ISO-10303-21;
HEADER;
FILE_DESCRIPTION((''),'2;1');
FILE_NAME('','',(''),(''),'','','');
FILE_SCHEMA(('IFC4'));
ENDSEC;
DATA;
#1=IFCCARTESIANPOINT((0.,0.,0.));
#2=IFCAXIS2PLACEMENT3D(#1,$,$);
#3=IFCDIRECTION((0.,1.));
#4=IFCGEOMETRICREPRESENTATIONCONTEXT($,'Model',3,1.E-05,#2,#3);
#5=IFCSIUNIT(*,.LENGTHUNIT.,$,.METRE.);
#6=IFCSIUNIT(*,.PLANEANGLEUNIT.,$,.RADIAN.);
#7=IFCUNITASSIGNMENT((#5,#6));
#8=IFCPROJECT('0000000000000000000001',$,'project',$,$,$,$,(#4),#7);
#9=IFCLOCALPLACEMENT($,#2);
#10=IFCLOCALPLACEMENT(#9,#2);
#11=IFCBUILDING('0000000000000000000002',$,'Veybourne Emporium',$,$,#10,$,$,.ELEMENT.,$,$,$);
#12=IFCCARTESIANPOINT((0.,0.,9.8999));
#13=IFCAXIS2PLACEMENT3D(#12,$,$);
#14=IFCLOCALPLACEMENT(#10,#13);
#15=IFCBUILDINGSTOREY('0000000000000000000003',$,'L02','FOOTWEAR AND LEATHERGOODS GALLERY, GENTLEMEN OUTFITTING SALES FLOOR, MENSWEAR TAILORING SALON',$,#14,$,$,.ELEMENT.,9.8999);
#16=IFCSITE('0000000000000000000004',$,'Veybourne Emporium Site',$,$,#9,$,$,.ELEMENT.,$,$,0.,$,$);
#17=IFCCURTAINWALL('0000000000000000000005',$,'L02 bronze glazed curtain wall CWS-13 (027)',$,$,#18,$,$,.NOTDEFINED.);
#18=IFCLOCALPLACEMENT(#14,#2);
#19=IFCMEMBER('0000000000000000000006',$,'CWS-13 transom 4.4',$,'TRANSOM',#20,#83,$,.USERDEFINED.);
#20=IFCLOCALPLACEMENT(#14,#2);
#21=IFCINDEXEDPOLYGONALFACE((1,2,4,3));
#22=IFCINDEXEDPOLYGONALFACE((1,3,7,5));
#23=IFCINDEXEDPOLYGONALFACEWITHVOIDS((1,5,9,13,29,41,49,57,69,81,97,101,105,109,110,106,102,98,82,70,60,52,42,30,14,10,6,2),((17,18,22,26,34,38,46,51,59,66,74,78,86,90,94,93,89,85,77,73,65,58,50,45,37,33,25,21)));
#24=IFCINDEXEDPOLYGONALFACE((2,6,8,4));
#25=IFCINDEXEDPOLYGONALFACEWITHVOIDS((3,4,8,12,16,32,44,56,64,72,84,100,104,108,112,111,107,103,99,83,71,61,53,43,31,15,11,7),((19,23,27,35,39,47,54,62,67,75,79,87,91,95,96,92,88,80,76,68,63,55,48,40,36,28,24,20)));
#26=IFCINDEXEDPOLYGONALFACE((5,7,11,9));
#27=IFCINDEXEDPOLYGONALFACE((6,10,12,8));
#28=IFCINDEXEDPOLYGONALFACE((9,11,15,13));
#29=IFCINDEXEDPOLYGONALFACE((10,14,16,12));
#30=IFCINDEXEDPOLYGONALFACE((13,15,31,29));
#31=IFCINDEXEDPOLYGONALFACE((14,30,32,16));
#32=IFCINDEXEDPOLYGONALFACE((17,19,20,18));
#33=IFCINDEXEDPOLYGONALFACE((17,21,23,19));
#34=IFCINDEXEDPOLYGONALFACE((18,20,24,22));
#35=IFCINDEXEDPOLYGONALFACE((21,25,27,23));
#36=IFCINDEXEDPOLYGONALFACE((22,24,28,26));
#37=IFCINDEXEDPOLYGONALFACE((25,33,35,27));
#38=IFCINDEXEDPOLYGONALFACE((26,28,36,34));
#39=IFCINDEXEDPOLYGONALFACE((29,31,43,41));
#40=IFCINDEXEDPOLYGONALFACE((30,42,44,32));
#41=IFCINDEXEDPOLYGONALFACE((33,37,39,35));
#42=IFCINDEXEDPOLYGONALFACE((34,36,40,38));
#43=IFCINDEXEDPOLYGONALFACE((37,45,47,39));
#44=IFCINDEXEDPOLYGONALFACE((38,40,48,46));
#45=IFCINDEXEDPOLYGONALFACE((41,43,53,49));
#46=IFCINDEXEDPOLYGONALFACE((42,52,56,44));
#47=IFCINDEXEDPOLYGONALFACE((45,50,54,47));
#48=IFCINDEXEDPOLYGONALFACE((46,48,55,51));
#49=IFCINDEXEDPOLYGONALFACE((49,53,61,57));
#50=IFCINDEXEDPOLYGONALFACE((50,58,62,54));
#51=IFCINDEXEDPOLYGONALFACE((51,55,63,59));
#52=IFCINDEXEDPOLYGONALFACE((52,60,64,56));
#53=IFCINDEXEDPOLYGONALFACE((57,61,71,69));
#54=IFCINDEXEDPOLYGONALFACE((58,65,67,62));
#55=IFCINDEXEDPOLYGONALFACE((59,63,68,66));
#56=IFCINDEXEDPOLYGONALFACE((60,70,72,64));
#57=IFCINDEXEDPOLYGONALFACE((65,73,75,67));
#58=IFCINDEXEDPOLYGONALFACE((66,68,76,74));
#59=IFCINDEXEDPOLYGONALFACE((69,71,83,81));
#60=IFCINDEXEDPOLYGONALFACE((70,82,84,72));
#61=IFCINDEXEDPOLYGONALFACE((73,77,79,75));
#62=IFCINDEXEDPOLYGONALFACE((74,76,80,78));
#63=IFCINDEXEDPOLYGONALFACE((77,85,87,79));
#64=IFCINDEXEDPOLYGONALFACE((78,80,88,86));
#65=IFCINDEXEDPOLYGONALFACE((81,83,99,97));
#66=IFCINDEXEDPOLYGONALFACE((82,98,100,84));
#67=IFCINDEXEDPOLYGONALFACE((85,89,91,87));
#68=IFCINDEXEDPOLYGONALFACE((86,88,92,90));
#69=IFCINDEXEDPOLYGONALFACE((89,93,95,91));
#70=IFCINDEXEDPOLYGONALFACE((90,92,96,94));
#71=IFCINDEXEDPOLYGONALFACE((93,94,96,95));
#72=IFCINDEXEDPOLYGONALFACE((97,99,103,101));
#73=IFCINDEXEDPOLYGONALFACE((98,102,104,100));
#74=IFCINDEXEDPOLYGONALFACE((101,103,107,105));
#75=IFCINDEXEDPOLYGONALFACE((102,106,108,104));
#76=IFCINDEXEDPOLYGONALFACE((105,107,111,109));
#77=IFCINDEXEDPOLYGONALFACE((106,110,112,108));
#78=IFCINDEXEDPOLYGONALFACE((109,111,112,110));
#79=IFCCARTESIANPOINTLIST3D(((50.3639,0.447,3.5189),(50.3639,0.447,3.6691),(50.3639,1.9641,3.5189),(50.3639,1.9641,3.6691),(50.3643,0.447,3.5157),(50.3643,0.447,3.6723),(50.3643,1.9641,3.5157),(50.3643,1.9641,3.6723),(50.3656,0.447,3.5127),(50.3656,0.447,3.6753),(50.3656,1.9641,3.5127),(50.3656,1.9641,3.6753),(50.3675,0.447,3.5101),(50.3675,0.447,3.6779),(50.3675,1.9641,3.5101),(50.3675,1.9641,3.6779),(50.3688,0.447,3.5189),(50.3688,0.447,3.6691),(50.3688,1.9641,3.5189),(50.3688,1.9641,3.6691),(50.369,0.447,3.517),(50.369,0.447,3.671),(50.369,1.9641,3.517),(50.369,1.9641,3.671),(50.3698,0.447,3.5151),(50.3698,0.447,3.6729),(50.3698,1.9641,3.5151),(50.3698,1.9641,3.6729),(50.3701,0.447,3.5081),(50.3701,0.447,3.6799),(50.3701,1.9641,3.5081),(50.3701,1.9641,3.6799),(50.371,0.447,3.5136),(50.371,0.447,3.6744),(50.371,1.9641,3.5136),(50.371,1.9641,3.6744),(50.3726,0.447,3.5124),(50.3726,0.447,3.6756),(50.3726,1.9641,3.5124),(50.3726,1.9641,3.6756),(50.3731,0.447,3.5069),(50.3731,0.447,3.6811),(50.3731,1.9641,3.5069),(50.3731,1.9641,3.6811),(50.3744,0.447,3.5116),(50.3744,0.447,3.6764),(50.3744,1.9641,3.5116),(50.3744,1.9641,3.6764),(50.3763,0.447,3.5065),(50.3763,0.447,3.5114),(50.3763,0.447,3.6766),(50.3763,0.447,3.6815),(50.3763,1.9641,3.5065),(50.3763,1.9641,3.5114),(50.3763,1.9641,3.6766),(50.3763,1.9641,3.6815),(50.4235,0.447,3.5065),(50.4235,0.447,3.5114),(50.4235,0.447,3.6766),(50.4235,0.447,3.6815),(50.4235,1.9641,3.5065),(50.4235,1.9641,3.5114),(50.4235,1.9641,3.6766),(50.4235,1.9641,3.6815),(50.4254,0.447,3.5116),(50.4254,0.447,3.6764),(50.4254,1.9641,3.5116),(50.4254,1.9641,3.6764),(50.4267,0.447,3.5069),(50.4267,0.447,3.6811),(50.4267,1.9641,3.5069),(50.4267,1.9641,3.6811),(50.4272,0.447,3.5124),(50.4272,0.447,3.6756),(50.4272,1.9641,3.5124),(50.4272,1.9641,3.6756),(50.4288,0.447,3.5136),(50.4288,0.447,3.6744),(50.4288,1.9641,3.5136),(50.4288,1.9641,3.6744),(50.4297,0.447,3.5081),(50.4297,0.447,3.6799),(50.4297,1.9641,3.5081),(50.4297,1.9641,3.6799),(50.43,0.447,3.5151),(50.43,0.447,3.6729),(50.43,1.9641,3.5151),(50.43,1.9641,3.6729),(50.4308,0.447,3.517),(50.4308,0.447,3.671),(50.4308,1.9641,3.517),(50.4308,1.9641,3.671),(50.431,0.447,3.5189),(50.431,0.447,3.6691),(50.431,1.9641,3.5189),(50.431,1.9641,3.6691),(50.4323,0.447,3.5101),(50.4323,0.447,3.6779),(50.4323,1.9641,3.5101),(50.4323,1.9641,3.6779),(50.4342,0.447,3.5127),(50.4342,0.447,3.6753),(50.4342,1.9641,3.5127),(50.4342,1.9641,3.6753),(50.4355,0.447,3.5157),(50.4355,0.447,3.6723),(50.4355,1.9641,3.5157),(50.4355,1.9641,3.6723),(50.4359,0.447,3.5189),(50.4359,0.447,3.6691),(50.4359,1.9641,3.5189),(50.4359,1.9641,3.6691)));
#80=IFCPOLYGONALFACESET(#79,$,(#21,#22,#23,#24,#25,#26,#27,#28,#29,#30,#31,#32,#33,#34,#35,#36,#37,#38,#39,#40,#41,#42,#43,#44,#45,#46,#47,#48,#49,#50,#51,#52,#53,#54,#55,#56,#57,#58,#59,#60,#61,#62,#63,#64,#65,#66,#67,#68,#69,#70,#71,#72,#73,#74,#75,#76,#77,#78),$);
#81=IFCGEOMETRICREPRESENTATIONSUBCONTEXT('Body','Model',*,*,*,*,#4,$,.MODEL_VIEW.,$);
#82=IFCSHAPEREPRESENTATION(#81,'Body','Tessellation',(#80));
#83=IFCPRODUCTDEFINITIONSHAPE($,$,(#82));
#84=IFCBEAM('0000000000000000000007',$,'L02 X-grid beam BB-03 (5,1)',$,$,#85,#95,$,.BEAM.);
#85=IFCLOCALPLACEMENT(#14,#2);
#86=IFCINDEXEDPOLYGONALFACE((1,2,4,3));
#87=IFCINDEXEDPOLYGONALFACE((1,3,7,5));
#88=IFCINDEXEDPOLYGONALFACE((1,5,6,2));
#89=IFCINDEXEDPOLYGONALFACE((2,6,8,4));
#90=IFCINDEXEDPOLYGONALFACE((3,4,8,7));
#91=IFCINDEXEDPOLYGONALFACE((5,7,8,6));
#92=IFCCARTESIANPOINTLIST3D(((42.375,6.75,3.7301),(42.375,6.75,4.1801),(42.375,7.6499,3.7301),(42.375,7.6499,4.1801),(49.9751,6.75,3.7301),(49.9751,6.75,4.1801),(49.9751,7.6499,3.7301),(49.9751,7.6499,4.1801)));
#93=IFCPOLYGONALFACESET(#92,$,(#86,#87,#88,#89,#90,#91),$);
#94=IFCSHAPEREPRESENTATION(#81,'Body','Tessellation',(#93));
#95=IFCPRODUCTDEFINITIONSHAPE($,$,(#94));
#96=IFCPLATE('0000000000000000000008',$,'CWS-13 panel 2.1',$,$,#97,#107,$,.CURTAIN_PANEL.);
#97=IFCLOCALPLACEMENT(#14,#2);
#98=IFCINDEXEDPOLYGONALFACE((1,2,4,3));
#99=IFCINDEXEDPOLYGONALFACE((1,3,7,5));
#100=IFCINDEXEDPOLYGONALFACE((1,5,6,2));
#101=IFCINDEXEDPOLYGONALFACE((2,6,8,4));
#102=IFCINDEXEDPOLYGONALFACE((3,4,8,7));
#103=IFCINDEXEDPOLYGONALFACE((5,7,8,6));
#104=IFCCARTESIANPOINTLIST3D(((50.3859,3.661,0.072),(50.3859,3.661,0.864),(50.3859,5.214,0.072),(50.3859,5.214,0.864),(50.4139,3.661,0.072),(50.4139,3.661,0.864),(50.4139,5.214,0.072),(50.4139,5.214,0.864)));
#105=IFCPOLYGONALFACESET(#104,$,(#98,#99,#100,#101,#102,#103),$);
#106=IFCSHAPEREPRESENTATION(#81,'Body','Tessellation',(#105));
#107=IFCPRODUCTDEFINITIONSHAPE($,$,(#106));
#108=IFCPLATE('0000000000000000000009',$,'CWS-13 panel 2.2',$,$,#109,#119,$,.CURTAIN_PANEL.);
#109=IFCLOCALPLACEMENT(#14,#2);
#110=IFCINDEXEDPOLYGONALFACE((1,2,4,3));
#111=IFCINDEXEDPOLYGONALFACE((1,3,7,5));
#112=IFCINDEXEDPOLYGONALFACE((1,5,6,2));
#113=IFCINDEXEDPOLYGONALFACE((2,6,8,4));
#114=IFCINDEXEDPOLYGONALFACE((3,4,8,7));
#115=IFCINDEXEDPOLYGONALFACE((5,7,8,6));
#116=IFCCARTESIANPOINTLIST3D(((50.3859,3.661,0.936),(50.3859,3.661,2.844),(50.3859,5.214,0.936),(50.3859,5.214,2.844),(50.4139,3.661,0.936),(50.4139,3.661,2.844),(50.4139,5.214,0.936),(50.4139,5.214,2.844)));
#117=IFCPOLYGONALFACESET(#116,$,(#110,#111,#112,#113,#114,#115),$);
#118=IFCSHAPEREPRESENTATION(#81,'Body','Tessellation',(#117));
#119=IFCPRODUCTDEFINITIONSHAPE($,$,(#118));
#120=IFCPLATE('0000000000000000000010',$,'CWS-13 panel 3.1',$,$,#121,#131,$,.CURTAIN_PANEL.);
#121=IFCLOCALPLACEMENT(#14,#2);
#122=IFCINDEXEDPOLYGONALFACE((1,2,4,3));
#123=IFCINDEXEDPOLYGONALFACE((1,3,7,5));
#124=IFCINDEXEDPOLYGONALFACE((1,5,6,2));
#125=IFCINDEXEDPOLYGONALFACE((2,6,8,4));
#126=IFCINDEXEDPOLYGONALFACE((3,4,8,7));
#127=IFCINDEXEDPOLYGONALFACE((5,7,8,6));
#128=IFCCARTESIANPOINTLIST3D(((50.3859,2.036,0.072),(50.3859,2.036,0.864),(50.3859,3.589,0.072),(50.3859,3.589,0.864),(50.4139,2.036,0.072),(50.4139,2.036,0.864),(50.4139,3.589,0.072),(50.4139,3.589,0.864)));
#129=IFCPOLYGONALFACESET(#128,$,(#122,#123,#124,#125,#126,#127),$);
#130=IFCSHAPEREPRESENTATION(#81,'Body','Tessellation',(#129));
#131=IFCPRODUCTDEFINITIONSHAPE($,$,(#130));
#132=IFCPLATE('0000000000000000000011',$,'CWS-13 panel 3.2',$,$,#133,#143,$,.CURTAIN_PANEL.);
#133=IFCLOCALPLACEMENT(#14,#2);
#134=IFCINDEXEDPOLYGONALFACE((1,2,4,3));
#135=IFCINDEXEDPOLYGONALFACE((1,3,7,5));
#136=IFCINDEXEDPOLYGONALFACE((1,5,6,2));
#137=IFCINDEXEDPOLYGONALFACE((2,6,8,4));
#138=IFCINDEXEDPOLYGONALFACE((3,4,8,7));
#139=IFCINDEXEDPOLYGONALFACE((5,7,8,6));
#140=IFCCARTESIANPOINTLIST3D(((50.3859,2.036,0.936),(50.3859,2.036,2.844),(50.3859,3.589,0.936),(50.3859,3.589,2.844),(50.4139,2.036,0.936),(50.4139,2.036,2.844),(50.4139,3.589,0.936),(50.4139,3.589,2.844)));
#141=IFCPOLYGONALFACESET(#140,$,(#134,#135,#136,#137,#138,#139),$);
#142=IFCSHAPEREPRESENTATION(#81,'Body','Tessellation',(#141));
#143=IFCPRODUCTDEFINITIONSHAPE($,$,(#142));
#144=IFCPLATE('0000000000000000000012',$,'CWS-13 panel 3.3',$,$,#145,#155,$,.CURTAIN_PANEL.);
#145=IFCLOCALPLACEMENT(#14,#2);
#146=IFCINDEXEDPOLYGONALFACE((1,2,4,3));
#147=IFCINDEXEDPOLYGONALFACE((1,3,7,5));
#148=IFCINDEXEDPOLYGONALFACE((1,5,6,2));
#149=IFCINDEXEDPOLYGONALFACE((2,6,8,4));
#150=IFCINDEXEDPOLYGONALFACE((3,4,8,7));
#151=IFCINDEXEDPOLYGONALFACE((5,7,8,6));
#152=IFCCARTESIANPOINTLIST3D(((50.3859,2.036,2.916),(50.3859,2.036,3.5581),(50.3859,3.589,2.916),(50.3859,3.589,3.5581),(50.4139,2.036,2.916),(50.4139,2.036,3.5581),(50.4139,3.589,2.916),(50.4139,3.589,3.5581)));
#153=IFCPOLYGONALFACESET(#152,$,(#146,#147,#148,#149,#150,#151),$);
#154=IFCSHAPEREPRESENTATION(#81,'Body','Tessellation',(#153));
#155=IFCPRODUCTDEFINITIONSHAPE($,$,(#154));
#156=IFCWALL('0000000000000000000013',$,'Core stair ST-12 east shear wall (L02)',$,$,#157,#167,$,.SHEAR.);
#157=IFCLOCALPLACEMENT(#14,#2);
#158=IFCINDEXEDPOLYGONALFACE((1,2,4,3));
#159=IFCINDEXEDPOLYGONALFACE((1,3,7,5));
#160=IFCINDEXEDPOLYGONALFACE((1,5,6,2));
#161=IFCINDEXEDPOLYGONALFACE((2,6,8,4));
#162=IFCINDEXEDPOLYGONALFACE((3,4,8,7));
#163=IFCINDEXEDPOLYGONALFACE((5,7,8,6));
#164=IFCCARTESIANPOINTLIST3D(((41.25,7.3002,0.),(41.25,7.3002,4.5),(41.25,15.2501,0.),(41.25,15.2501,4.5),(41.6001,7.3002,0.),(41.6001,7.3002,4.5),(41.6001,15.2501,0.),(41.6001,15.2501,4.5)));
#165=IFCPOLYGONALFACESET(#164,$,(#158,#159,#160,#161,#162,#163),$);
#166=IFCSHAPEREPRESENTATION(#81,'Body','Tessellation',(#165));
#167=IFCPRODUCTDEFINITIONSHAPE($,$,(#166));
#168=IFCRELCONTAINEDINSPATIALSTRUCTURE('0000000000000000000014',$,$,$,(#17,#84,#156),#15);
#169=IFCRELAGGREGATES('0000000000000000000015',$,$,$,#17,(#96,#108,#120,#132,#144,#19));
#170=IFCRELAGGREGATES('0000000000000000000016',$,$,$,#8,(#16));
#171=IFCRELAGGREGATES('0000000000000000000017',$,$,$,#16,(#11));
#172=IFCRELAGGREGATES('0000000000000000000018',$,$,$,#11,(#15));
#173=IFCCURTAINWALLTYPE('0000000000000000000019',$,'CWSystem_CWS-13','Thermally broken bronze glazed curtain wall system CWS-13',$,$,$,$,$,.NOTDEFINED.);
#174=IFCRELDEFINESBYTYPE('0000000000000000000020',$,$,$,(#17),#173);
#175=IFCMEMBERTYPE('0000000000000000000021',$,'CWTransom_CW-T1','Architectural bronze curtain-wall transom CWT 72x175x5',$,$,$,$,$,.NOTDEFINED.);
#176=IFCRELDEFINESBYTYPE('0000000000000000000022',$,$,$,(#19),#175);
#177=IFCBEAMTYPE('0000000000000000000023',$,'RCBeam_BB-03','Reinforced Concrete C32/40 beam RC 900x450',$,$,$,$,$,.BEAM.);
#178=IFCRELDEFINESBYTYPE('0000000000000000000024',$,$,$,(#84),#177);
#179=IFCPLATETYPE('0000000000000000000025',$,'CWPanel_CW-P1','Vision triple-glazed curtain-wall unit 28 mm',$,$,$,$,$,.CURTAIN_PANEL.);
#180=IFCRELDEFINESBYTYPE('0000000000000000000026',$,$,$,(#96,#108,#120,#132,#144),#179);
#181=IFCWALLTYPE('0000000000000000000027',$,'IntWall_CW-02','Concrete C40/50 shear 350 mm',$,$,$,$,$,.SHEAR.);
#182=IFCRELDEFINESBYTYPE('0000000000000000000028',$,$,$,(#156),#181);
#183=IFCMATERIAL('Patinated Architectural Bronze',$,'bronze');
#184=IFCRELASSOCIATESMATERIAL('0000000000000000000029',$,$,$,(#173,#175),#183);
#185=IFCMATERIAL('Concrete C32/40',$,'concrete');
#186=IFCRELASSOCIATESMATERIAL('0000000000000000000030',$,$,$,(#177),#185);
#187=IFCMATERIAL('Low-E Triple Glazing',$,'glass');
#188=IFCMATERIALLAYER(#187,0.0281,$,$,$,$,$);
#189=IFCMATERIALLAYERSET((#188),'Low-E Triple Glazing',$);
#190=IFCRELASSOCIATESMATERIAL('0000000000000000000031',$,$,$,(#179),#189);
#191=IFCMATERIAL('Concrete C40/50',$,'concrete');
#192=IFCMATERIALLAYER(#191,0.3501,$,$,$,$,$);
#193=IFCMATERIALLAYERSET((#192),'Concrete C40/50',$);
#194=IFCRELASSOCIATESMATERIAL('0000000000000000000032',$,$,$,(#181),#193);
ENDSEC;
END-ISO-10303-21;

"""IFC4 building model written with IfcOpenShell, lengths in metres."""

from ifc_helpers import new_model, si_unit, direction, frame, frame_2d, origin, origin_2d, place, context, subcontext, project, spatial, rectangle, hollow_rectangle, extrude, material, layer, layer_set, material_profile, profile_set, type_object, element, aggregate, save


model = new_model("IFC4")

# Units and contexts
model_context = context("Model", 3, precision=1e-05, world=origin(), true_north=direction((0.0, 1.0)))
body_context = subcontext(model_context, "Body", "Model", "MODEL_VIEW")
ifc_project = project(units=[si_unit("LENGTHUNIT", "METRE"), si_unit("PLANEANGLEUNIT", "RADIAN")], contexts=[model_context])

# Site, building, storey
site_placement = place(None, origin())
site = spatial("IfcSite", under=ifc_project, at=site_placement, Name="Veybourne Emporium Site", CompositionType="ELEMENT", RefElevation=0.0)
building_placement = place(site_placement, origin())
building = spatial("IfcBuilding", under=site, at=building_placement, Name="Veybourne Emporium", CompositionType="ELEMENT")
storey_placement = place(building_placement, frame((0.0, 0.0, 9.8999)))
storey = spatial("IfcBuildingStorey", under=building, at=storey_placement, Name="L02", Description="FOOTWEAR AND LEATHERGOODS GALLERY, GENTLEMEN OUTFITTING SALES FLOOR, MENSWEAR TAILORING SALON", CompositionType="ELEMENT", Elevation=9.8999)

# Shared definitions
ifc_material_1 = material(Name="Concrete C40/50", Category="concrete")

# Curtain wall, member
ifc_material_2 = material(Name="Patinated Architectural Bronze", Category="bronze")
curtain_wall_type = type_object("IfcCurtainWallType", Name="CWSystem_CWS-13", Description="Thermally broken bronze glazed curtain wall system CWS-13", PredefinedType="NOTDEFINED", material=ifc_material_2)
curtain_wall_placement = place(storey_placement, origin())
curtain_wall = element("IfcCurtainWall", 1, at=curtain_wall_placement, inside=storey, type_object=curtain_wall_type, Name="L02 bronze glazed curtain wall CWS-13 (027)", PredefinedType="NOTDEFINED")
ifc_material_profile_1 = material_profile(ifc_material_2, hollow_rectangle(XDim=0.072, YDim=0.175, WallThickness=0.0049, InnerFilletRadius=0.0076, OuterFilletRadius=0.0125, at=origin_2d()), Name="CWT 72x175x5")
ifc_profile_set_1 = profile_set([ifc_material_profile_1], Name="Patinated Architectural Bronze")
member_type_1 = type_object("IfcMemberType", Name="CWTransom_CW-T1", Description="Architectural bronze curtain-wall transom CWT 72x175x5", PredefinedType="NOTDEFINED", material=ifc_profile_set_1)
member_1_placement = place(storey_placement, frame((50.3999, 1.9641, 3.594), z_axis=(0.0, -1.0, 0.0), x_axis=(1.0, 0.0, 0.0)))
member_1 = element("IfcMember", 2, at=member_1_placement, type_object=member_type_1, Name="CWS-13 transom 4.4", ObjectType="TRANSOM", PredefinedType="USERDEFINED", context=body_context, shape_type="SweptSolid", body=[
    extrude(hollow_rectangle(XDim=0.072, YDim=0.175, WallThickness=0.0049, InnerFilletRadius=0.0076, OuterFilletRadius=0.0125, at=origin_2d()), origin(), (0.0, 0.0, 1.0), 1.5171),
])

# Beam
ifc_material_3 = material(Name="Concrete C32/40", Category="concrete")
ifc_material_profile_2 = material_profile(ifc_material_3, rectangle(XDim=0.8999, YDim=0.45, at=origin_2d()), Name="RC 900x450")
ifc_profile_set_2 = profile_set([ifc_material_profile_2], Name="Concrete C32/40")
beam_type = type_object("IfcBeamType", Name="RCBeam_BB-03", Description="Reinforced Concrete C32/40 beam RC 900x450", PredefinedType="BEAM", material=ifc_profile_set_2)
beam_placement = place(storey_placement, frame((42.375, 7.2, 3.9551), z_axis=(1.0, 0.0, 0.0), x_axis=(0.0, 1.0, 0.0)))
element("IfcBeam", 3, at=beam_placement, inside=storey, type_object=beam_type, Name="L02 X-grid beam BB-03 (5,1)", PredefinedType="BEAM", context=body_context, shape_type="SweptSolid", body=[
    extrude(rectangle(XDim=0.8999, YDim=0.45, at=origin_2d()), origin(), (0.0, 0.0, 1.0), 7.6001),
])

# Plates
ifc_material_4 = material(Name="Low-E Triple Glazing", Category="glass")
ifc_layer_1 = layer(ifc_material_4, 0.0281)
ifc_layer_set_1 = layer_set([ifc_layer_1], Name="Low-E Triple Glazing")
plate_type = type_object("IfcPlateType", Name="CWPanel_CW-P1", Description="Vision triple-glazed curtain-wall unit 28 mm", PredefinedType="CURTAIN_PANEL", material=ifc_layer_set_1)
plate_1_placement = place(storey_placement, frame((50.3999, 4.4375, 0.072), z_axis=(0.0, 0.0, 1.0), x_axis=(0.0, -1.0, 0.0)))
plate_1 = element("IfcPlate", 4, at=plate_1_placement, type_object=plate_type, Name="CWS-13 panel 2.1", PredefinedType="CURTAIN_PANEL", context=body_context, shape_type="SweptSolid", body=[
    extrude(rectangle(XDim=1.553, YDim=0.0281, at=origin_2d()), origin(), (0.0, 0.0, 1.0), 0.792),
])
plate_2_placement = place(storey_placement, frame((50.3999, 4.4375, 0.936), z_axis=(0.0, 0.0, 1.0), x_axis=(0.0, -1.0, 0.0)))
plate_2 = element("IfcPlate", 5, at=plate_2_placement, type_object=plate_type, Name="CWS-13 panel 2.2", PredefinedType="CURTAIN_PANEL", context=body_context, shape_type="SweptSolid", body=[
    extrude(rectangle(XDim=1.553, YDim=0.0281, at=origin_2d()), origin(), (0.0, 0.0, 1.0), 1.908),
])
plate_3_placement = place(storey_placement, frame((50.3999, 2.8125, 0.072), z_axis=(0.0, 0.0, 1.0), x_axis=(0.0, -1.0, 0.0)))
plate_3 = element("IfcPlate", 6, at=plate_3_placement, type_object=plate_type, Name="CWS-13 panel 3.1", PredefinedType="CURTAIN_PANEL", context=body_context, shape_type="SweptSolid", body=[
    extrude(rectangle(XDim=1.553, YDim=0.0281, at=origin_2d()), origin(), (0.0, 0.0, 1.0), 0.792),
])
plate_4_placement = place(storey_placement, frame((50.3999, 2.8125, 0.936), z_axis=(0.0, 0.0, 1.0), x_axis=(0.0, -1.0, 0.0)))
plate_4 = element("IfcPlate", 7, at=plate_4_placement, type_object=plate_type, Name="CWS-13 panel 3.2", PredefinedType="CURTAIN_PANEL", context=body_context, shape_type="SweptSolid", body=[
    extrude(rectangle(XDim=1.553, YDim=0.0281, at=origin_2d()), origin(), (0.0, 0.0, 1.0), 1.908),
])
plate_5_placement = place(storey_placement, frame((50.3999, 2.8125, 2.916), z_axis=(0.0, 0.0, 1.0), x_axis=(0.0, -1.0, 0.0)))
plate_5 = element("IfcPlate", 8, at=plate_5_placement, type_object=plate_type, Name="CWS-13 panel 3.3", PredefinedType="CURTAIN_PANEL", context=body_context, shape_type="SweptSolid", body=[
    extrude(rectangle(XDim=1.553, YDim=0.0281, at=origin_2d()), origin(), (0.0, 0.0, 1.0), 0.6421),
])
aggregate(curtain_wall, [plate_1, plate_2, plate_3, plate_4, plate_5, member_1])

# Wall
ifc_layer_2 = layer(ifc_material_1, 0.3501)
ifc_layer_set_2 = layer_set([ifc_layer_2], Name="Concrete C40/50")
wall_type = type_object("IfcWallType", Name="IntWall_CW-02", Description="Concrete C40/50 shear 350 mm", PredefinedType="SHEAR", material=ifc_layer_set_2)
wall_placement = place(storey_placement, frame((41.425, 7.3, 0.0), z_axis=(0.0, 0.0, 1.0), x_axis=(0.0, 1.0, 0.0)))
element("IfcWall", 9, at=wall_placement, inside=storey, type_object=wall_type, Name="Core stair ST-12 east shear wall (L02)", PredefinedType="SHEAR", context=body_context, shape_type="SweptSolid", body=[
    extrude(rectangle(XDim=7.95, YDim=0.3501, at=frame_2d((3.9751, 0.0))), origin(), (0.0, 0.0, 1.0), 4.5),
])

save(model, "model.ifc")
